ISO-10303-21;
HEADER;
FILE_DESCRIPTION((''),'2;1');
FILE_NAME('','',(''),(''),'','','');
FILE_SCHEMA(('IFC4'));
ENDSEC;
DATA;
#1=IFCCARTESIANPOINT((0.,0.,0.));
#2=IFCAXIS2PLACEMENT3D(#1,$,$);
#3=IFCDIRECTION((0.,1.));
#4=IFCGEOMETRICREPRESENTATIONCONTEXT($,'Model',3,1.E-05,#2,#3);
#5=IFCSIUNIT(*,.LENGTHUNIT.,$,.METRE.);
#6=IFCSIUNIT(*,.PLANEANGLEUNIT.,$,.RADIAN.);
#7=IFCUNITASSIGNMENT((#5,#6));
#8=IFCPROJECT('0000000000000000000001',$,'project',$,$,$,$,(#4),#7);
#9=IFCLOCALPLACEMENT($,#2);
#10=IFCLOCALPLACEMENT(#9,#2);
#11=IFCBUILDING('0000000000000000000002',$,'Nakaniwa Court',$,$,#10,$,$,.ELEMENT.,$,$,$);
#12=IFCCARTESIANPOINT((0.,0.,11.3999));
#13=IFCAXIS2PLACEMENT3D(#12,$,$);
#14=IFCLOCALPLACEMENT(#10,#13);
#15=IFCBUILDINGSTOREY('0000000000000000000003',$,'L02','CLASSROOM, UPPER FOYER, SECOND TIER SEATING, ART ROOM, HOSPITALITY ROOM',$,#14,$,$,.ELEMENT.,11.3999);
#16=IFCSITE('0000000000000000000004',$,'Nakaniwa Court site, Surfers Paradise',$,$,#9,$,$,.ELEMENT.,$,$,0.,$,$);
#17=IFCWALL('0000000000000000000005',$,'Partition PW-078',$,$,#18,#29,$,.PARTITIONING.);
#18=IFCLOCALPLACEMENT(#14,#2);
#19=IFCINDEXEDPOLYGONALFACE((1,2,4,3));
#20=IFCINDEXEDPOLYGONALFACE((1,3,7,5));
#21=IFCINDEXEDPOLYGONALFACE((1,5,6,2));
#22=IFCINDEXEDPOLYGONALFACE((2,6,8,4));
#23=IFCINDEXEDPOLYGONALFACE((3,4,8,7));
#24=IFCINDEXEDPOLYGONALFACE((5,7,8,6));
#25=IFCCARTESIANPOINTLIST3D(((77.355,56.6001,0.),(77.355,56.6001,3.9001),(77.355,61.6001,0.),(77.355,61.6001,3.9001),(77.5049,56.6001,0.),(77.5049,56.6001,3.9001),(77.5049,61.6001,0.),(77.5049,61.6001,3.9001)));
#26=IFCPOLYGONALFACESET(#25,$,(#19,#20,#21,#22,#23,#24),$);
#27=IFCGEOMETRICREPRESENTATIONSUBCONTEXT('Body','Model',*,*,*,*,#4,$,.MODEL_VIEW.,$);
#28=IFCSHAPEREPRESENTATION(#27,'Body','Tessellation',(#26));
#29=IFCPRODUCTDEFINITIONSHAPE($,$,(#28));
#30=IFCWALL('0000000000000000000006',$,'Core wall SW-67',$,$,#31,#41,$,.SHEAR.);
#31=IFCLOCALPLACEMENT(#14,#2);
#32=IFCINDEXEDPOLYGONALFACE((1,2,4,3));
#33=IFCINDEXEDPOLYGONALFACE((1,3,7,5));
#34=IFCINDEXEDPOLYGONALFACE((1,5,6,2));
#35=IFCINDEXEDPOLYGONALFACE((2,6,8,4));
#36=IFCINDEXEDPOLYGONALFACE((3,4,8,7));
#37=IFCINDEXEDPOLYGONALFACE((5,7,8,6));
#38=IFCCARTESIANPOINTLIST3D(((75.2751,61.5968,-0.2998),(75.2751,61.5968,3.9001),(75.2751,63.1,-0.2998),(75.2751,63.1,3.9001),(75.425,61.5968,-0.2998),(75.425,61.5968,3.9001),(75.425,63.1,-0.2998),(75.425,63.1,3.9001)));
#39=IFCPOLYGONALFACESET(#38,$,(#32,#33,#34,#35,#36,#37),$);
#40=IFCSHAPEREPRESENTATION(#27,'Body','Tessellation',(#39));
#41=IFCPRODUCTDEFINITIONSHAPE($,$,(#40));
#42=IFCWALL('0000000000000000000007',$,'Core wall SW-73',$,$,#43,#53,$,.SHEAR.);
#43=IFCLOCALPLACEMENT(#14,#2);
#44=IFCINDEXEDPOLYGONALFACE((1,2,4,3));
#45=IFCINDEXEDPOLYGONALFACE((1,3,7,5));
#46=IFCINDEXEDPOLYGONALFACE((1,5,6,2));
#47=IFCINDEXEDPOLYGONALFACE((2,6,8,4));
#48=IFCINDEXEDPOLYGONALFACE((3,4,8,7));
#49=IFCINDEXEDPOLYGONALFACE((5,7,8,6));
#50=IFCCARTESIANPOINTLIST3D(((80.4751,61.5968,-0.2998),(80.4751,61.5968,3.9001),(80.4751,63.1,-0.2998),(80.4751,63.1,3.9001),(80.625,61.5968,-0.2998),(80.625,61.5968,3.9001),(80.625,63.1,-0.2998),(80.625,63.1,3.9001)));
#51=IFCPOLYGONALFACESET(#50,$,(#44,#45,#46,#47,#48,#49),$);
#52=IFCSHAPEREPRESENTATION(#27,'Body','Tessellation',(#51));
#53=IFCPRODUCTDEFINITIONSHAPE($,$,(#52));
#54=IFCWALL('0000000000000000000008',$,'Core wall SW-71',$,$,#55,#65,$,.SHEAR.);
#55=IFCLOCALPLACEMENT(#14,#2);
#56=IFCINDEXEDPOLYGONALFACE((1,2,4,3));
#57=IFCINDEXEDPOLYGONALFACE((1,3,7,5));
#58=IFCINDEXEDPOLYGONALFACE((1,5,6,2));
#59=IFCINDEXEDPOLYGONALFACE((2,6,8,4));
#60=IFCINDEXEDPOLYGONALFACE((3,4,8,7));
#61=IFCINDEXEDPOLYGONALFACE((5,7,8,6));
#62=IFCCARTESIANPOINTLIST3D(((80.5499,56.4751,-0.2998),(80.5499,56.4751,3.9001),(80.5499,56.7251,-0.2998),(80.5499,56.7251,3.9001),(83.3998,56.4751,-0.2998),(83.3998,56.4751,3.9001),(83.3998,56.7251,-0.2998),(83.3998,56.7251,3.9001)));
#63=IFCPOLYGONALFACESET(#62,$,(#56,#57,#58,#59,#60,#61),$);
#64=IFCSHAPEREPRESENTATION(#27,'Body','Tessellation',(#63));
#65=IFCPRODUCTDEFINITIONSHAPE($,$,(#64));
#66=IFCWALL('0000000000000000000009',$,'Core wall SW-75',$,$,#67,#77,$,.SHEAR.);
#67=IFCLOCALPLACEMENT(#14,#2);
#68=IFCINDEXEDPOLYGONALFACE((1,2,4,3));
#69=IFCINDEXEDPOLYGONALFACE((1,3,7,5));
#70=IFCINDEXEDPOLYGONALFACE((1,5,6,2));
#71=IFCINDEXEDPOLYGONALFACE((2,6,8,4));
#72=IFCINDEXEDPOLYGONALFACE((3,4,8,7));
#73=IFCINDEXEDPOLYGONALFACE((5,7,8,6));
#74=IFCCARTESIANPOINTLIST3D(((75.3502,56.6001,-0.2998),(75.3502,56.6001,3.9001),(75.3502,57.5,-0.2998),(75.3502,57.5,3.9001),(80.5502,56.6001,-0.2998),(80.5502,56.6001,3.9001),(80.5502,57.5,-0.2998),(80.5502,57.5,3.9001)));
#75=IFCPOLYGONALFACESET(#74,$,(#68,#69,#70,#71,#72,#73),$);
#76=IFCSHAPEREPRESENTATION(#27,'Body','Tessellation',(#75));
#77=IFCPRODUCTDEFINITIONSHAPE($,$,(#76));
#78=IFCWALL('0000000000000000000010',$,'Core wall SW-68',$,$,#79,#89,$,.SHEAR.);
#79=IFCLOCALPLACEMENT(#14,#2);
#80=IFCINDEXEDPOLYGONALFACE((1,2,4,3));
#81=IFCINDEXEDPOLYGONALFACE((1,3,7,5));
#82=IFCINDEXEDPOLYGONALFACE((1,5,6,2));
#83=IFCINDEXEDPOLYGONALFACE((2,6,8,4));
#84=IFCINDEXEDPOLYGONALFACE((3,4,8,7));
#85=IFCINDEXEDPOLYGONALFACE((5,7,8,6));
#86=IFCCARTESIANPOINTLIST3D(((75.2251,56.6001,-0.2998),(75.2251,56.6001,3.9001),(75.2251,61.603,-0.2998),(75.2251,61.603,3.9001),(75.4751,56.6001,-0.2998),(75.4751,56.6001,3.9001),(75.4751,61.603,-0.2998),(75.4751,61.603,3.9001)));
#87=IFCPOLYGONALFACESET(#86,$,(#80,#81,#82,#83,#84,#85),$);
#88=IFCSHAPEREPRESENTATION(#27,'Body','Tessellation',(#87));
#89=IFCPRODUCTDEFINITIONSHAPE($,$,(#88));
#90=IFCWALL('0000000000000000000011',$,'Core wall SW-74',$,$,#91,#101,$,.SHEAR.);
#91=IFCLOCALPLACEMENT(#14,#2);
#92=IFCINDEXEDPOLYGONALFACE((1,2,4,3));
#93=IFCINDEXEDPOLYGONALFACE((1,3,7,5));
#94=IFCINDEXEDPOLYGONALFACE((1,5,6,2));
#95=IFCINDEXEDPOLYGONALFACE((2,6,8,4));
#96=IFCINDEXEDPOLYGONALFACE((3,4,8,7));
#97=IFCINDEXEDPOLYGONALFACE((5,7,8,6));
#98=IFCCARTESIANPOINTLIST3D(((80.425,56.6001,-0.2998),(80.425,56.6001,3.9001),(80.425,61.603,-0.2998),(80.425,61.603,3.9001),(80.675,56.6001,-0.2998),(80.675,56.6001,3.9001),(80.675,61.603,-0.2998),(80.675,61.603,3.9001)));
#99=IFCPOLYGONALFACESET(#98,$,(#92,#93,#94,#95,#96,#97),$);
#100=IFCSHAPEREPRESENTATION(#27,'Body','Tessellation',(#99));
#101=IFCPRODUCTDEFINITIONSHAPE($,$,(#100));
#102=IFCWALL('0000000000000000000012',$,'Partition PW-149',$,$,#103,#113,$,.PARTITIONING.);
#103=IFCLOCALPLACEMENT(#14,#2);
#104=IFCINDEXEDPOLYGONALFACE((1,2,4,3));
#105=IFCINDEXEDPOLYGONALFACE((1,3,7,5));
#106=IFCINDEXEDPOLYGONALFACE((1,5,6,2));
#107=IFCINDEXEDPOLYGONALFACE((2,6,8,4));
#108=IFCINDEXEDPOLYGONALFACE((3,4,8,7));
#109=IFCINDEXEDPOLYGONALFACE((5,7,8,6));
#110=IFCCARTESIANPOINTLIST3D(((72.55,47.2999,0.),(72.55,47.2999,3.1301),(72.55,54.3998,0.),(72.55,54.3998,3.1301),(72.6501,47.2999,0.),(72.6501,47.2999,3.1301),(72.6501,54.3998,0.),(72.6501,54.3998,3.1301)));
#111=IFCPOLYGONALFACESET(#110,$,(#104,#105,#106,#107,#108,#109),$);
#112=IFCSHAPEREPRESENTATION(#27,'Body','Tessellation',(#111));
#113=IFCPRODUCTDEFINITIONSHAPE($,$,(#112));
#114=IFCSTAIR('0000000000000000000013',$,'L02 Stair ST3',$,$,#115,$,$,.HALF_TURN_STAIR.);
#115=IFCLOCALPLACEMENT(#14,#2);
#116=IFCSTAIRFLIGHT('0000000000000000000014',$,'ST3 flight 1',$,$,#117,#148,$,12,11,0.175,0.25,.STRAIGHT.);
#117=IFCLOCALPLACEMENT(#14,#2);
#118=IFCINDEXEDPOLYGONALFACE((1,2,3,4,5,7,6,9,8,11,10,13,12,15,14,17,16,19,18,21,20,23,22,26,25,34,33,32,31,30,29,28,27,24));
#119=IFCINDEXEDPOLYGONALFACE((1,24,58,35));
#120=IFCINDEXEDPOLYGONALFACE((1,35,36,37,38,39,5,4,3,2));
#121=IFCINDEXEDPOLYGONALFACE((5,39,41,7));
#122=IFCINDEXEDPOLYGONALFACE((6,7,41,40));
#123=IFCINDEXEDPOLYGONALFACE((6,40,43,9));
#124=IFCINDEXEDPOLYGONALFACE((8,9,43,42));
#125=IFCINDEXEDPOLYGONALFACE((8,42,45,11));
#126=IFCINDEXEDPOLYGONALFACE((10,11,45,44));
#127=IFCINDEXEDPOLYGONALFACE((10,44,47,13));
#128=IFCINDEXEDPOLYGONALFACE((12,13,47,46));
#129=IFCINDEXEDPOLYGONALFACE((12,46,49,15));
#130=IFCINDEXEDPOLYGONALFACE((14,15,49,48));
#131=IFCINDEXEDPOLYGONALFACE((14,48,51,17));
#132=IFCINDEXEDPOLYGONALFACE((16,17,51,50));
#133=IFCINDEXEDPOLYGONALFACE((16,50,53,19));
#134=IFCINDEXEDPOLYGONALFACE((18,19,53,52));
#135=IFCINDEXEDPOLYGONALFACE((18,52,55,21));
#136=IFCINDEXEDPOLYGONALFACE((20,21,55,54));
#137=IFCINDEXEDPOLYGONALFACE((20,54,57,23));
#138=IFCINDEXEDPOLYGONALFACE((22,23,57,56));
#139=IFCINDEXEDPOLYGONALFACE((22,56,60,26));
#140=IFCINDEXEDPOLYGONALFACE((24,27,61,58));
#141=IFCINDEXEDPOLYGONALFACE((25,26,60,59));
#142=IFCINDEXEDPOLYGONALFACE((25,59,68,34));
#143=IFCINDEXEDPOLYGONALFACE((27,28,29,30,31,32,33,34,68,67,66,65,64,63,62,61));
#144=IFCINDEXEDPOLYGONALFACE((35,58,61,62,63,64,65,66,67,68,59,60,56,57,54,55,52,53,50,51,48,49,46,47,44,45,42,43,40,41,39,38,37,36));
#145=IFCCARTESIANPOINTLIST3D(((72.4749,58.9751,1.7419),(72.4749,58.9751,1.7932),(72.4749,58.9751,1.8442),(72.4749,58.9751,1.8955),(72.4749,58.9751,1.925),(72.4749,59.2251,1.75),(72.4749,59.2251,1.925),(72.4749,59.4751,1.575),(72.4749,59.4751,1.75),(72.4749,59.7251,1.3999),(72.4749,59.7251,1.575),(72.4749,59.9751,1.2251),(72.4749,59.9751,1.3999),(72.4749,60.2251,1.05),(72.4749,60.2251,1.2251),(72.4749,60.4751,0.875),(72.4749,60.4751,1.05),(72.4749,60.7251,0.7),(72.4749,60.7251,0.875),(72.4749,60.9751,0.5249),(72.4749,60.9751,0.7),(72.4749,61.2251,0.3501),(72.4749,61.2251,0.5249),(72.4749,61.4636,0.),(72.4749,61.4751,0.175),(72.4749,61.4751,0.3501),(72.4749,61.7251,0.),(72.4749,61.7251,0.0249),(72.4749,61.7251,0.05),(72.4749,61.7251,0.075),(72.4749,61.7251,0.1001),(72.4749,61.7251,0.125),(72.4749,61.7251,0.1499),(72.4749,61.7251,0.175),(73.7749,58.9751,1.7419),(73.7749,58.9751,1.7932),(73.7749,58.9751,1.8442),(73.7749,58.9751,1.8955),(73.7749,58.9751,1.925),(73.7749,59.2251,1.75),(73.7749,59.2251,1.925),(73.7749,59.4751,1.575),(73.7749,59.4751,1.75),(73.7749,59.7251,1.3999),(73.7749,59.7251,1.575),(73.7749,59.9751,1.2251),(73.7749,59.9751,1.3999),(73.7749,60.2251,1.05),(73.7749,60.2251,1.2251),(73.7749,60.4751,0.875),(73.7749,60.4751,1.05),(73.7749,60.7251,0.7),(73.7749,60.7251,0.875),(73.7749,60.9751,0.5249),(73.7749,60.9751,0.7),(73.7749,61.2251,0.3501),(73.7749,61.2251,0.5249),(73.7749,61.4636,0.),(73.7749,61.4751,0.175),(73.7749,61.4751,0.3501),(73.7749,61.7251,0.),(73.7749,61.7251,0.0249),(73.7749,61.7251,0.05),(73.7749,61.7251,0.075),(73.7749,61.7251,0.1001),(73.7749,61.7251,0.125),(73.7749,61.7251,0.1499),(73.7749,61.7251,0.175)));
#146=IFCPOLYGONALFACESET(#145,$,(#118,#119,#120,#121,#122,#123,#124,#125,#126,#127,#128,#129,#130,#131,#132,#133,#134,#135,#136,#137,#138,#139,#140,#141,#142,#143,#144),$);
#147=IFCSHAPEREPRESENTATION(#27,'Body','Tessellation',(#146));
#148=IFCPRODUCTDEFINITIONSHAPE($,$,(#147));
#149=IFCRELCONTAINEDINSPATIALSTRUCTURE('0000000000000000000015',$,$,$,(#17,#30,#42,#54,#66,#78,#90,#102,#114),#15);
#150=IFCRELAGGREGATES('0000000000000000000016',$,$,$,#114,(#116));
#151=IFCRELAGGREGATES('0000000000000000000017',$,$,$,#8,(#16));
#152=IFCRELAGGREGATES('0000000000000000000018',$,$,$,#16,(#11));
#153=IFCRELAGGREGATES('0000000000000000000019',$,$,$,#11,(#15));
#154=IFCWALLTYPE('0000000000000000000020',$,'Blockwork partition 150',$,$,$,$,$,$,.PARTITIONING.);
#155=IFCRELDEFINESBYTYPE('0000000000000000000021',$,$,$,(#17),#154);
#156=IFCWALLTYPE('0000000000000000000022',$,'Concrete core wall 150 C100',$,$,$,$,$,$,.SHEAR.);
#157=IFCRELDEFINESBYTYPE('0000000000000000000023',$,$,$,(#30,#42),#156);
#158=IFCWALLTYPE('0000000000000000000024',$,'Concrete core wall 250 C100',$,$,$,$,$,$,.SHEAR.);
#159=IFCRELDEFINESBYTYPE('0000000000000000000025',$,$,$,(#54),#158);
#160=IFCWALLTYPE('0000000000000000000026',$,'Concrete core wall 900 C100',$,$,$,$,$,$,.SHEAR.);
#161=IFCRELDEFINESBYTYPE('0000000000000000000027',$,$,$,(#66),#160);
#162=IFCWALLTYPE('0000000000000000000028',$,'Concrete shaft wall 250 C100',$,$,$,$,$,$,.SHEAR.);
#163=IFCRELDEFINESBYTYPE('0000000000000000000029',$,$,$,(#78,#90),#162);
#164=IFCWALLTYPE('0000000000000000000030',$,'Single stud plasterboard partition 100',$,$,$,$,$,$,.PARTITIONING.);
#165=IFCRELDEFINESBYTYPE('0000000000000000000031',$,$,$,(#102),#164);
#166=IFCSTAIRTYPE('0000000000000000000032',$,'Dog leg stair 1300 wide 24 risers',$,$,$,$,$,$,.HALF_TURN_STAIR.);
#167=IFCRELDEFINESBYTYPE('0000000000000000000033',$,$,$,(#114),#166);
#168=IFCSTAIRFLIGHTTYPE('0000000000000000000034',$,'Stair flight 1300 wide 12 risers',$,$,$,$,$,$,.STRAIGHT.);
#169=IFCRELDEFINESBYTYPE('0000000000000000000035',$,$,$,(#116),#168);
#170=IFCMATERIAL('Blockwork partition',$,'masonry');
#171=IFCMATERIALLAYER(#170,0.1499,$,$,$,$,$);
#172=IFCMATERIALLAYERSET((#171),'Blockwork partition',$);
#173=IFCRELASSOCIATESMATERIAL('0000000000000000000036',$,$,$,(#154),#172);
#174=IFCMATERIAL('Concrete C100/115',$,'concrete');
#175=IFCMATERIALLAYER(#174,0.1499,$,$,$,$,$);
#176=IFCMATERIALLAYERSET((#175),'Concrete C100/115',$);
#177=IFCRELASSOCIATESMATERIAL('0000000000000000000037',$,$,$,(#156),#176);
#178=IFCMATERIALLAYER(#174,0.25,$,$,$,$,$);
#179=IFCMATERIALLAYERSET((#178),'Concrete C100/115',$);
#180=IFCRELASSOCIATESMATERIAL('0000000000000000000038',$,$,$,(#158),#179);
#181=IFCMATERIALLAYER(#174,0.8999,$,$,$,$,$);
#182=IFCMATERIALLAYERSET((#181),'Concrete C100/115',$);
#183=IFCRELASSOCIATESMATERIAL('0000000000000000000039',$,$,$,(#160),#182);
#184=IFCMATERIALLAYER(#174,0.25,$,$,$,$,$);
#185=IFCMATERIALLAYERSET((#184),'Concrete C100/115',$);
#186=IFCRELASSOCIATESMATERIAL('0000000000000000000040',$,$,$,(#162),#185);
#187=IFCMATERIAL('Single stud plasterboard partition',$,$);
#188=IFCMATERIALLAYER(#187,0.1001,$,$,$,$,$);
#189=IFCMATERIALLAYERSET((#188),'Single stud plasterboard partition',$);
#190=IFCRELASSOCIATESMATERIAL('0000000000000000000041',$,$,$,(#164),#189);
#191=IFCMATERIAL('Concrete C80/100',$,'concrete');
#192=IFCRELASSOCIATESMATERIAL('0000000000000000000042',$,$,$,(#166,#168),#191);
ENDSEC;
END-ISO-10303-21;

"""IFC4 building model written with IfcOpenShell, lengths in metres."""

from ifc_helpers import new_model, si_unit, direction, frame, frame_2d, origin, place, context, subcontext, project, spatial, polyline, rectangle, outline, extrude, material, layer, layer_set, type_object, element, aggregate, save


model = new_model("IFC4")

# Units and contexts
model_context = context("Model", 3, precision=1e-05, world=origin(), true_north=direction((0.0, 1.0)))
body_context = subcontext(model_context, "Body", "Model", "MODEL_VIEW")
ifc_project = project(units=[si_unit("LENGTHUNIT", "METRE"), si_unit("PLANEANGLEUNIT", "RADIAN")], contexts=[model_context])

# Site, building, storey
site_placement = place(None, origin())
site = spatial("IfcSite", under=ifc_project, at=site_placement, Name="Nakaniwa Court site, Surfers Paradise", CompositionType="ELEMENT", RefElevation=0.0)
building_placement = place(site_placement, origin())
building = spatial("IfcBuilding", under=site, at=building_placement, Name="Nakaniwa Court", CompositionType="ELEMENT")
storey_placement = place(building_placement, frame((0.0, 0.0, 11.3999)))
storey = spatial("IfcBuildingStorey", under=building, at=storey_placement, Name="L02", Description="CLASSROOM, UPPER FOYER, SECOND TIER SEATING, ART ROOM, HOSPITALITY ROOM", CompositionType="ELEMENT", Elevation=11.3999)

# Shared definitions
ifc_material_1 = material(Name="Concrete C100/115", Category="concrete")

# Shared definitions
ifc_material_2 = material(Name="Blockwork partition", Category="masonry")
ifc_layer_1 = layer(ifc_material_2, 0.1499)
ifc_layer_set_1 = layer_set([ifc_layer_1], Name="Blockwork partition")
wall_type_1 = type_object("IfcWallType", Name="Blockwork partition 150", PredefinedType="PARTITIONING", material=ifc_layer_set_1)

# Walls
wall_1_placement = place(storey_placement, frame((77.4299, 56.6001, 0.0), z_axis=(0.0, 0.0, 1.0), x_axis=(0.0, 1.0, 0.0)))
element("IfcWall", 1, at=wall_1_placement, inside=storey, type_object=wall_type_1, Name="Partition PW-078", PredefinedType="PARTITIONING", context=body_context, shape_type="SweptSolid", body=[
    extrude(rectangle(XDim=5.0, YDim=0.1499, at=frame_2d((2.5, 0.0))), origin(), (0.0, 0.0, 1.0), 3.9001),
])
ifc_layer_2 = layer(ifc_material_1, 0.1499)
ifc_layer_set_2 = layer_set([ifc_layer_2], Name="Concrete C100/115")
wall_type_2 = type_object("IfcWallType", Name="Concrete core wall 150 C100", PredefinedType="SHEAR", material=ifc_layer_set_2)
for number, where, z_axis, x_axis, name in (
    (2, (75.3501, 61.5969, -0.2998), (0.0, 0.0, 1.0), (0.0, 1.0, 0.0), "Core wall SW-67"),
    (3, (80.55, 61.5969, -0.2998), (0.0, 0.0, 1.0), (0.0, 1.0, 0.0), "Core wall SW-73"),
):
    element("IfcWall", number, at=place(storey_placement, frame(where, z_axis=z_axis, x_axis=x_axis)), inside=storey, type_object=wall_type_2, Name=name, PredefinedType="SHEAR", context=body_context, shape_type="SweptSolid", body=[
        extrude(rectangle(XDim=1.5032, YDim=0.1499, at=frame_2d((0.7515, 0.0))), origin(), (0.0, 0.0, 1.0), 4.2),
    ])
ifc_layer_3 = layer(ifc_material_1, 0.25)
ifc_layer_set_3 = layer_set([ifc_layer_3], Name="Concrete C100/115")
wall_type_3 = type_object("IfcWallType", Name="Concrete core wall 250 C100", PredefinedType="SHEAR", material=ifc_layer_set_3)
wall_2_placement = place(storey_placement, frame((80.55, 56.6001, -0.2998), z_axis=(0.0, 0.0, 1.0), x_axis=(1.0, 0.0, 0.0)))
element("IfcWall", 4, at=wall_2_placement, inside=storey, type_object=wall_type_3, Name="Core wall SW-71", PredefinedType="SHEAR", context=body_context, shape_type="SweptSolid", body=[
    extrude(rectangle(XDim=2.8499, YDim=0.25, at=frame_2d((1.4248, 0.0))), origin(), (0.0, 0.0, 1.0), 4.2),
])
ifc_layer_4 = layer(ifc_material_1, 0.8999)
ifc_layer_set_4 = layer_set([ifc_layer_4], Name="Concrete C100/115")
wall_type_4 = type_object("IfcWallType", Name="Concrete core wall 900 C100", PredefinedType="SHEAR", material=ifc_layer_set_4)
wall_3_placement = place(storey_placement, frame((75.3501, 57.05, -0.2998), z_axis=(0.0, 0.0, 1.0), x_axis=(1.0, 0.0, 0.0)))
element("IfcWall", 5, at=wall_3_placement, inside=storey, type_object=wall_type_4, Name="Core wall SW-75", PredefinedType="SHEAR", context=body_context, shape_type="SweptSolid", body=[
    extrude(rectangle(XDim=5.2, YDim=0.8999, at=frame_2d((2.6001, 0.0))), origin(), (0.0, 0.0, 1.0), 4.2),
])
ifc_layer_5 = layer(ifc_material_1, 0.25)
ifc_layer_set_5 = layer_set([ifc_layer_5], Name="Concrete C100/115")
wall_type_5 = type_object("IfcWallType", Name="Concrete shaft wall 250 C100", PredefinedType="SHEAR", material=ifc_layer_set_5)
for number, where, z_axis, x_axis, name in (
    (6, (75.3501, 56.6001, -0.2998), (0.0, 0.0, 1.0), (0.0, 1.0, 0.0), "Core wall SW-68"),
    (7, (80.55, 56.6001, -0.2998), (0.0, 0.0, 1.0), (0.0, 1.0, 0.0), "Core wall SW-74"),
):
    element("IfcWall", number, at=place(storey_placement, frame(where, z_axis=z_axis, x_axis=x_axis)), inside=storey, type_object=wall_type_5, Name=name, PredefinedType="SHEAR", context=body_context, shape_type="SweptSolid", body=[
        extrude(rectangle(XDim=5.0029, YDim=0.25, at=frame_2d((2.5015, 0.0))), origin(), (0.0, 0.0, 1.0), 4.2),
    ])
ifc_material_3 = material(Name="Single stud plasterboard partition")
ifc_layer_6 = layer(ifc_material_3, 0.1001)
ifc_layer_set_6 = layer_set([ifc_layer_6], Name="Single stud plasterboard partition")
wall_type_6 = type_object("IfcWallType", Name="Single stud plasterboard partition 100", PredefinedType="PARTITIONING", material=ifc_layer_set_6)
wall_4_placement = place(storey_placement, frame((72.6001, 47.3, 0.0), z_axis=(0.0, 0.0, 1.0), x_axis=(0.0, 1.0, 0.0)))
element("IfcWall", 8, at=wall_4_placement, inside=storey, type_object=wall_type_6, Name="Partition PW-149", PredefinedType="PARTITIONING", context=body_context, shape_type="SweptSolid", body=[
    extrude(rectangle(XDim=7.0999, YDim=0.1001, at=frame_2d((3.5498, 0.0))), origin(), (0.0, 0.0, 1.0), 3.1301),
])

# Stair, stair flight
ifc_material_4 = material(Name="Concrete C80/100", Category="concrete")
stair_type = type_object("IfcStairType", Name="Dog leg stair 1300 wide 24 risers", PredefinedType="HALF_TURN_STAIR", material=ifc_material_4)
stair_1_placement = place(storey_placement, origin())
stair_1 = element("IfcStair", 9, at=stair_1_placement, inside=storey, type_object=stair_type, Name="L02 Stair ST3", PredefinedType="HALF_TURN_STAIR")
stair_flight_type = type_object("IfcStairFlightType", Name="Stair flight 1300 wide 12 risers", PredefinedType="STRAIGHT", material=ifc_material_4)
stair_flight_1_placement = place(storey_placement, frame((73.125, 61.7251, 0.0), z_axis=(0.0, 0.0, 1.0), x_axis=(0.0, -1.0, 0.0)))
stair_flight_1 = element("IfcStairFlight", 10, at=stair_flight_1_placement, type_object=stair_flight_type, Name="ST3 flight 1", NumberOfRisers=12, NumberOfTreads=11, PredefinedType="STRAIGHT", RiserHeight=0.175, TreadLength=0.25, context=body_context, shape_type="SweptSolid", body=[
    extrude(outline(polyline([(0.0, 0.0), (0.0, 0.0249), (0.0, 0.05), (0.0, 0.075), (0.0, 0.1001), (0.0, 0.125), (0.0, 0.1499), (0.0, 0.175), (0.25, 0.175), (0.25, 0.3501), (0.5, 0.3501), (0.5, 0.5249), (0.75, 0.5249), (0.75, 0.7), (1.0, 0.7), (1.0, 0.875), (1.25, 0.875), (1.25, 1.05), (1.5, 1.05), (1.5, 1.2251), (1.75, 1.2251), (1.75, 1.3999), (2.0, 1.3999), (2.0, 1.575), (2.25, 1.575), (2.25, 1.75), (2.5, 1.75), (2.5, 1.925), (2.75, 1.925), (2.75, 2.1001), (2.75, 2.0488), (2.75, 1.9978), (2.75, 1.9465), (2.75, 1.8955), (2.75, 1.8442), (2.75, 1.7932), (2.75, 1.7419), (0.2615, 0.0), (0.0, 0.0)])), frame((0.0, 0.6499, 0.0), z_axis=(0.0, -1.0, 0.0), x_axis=(1.0, 0.0, 0.0)), (0.0, 0.0, 1.0), 1.3),
])
aggregate(stair_1, [stair_flight_1])

save(model, "model.ifc")
